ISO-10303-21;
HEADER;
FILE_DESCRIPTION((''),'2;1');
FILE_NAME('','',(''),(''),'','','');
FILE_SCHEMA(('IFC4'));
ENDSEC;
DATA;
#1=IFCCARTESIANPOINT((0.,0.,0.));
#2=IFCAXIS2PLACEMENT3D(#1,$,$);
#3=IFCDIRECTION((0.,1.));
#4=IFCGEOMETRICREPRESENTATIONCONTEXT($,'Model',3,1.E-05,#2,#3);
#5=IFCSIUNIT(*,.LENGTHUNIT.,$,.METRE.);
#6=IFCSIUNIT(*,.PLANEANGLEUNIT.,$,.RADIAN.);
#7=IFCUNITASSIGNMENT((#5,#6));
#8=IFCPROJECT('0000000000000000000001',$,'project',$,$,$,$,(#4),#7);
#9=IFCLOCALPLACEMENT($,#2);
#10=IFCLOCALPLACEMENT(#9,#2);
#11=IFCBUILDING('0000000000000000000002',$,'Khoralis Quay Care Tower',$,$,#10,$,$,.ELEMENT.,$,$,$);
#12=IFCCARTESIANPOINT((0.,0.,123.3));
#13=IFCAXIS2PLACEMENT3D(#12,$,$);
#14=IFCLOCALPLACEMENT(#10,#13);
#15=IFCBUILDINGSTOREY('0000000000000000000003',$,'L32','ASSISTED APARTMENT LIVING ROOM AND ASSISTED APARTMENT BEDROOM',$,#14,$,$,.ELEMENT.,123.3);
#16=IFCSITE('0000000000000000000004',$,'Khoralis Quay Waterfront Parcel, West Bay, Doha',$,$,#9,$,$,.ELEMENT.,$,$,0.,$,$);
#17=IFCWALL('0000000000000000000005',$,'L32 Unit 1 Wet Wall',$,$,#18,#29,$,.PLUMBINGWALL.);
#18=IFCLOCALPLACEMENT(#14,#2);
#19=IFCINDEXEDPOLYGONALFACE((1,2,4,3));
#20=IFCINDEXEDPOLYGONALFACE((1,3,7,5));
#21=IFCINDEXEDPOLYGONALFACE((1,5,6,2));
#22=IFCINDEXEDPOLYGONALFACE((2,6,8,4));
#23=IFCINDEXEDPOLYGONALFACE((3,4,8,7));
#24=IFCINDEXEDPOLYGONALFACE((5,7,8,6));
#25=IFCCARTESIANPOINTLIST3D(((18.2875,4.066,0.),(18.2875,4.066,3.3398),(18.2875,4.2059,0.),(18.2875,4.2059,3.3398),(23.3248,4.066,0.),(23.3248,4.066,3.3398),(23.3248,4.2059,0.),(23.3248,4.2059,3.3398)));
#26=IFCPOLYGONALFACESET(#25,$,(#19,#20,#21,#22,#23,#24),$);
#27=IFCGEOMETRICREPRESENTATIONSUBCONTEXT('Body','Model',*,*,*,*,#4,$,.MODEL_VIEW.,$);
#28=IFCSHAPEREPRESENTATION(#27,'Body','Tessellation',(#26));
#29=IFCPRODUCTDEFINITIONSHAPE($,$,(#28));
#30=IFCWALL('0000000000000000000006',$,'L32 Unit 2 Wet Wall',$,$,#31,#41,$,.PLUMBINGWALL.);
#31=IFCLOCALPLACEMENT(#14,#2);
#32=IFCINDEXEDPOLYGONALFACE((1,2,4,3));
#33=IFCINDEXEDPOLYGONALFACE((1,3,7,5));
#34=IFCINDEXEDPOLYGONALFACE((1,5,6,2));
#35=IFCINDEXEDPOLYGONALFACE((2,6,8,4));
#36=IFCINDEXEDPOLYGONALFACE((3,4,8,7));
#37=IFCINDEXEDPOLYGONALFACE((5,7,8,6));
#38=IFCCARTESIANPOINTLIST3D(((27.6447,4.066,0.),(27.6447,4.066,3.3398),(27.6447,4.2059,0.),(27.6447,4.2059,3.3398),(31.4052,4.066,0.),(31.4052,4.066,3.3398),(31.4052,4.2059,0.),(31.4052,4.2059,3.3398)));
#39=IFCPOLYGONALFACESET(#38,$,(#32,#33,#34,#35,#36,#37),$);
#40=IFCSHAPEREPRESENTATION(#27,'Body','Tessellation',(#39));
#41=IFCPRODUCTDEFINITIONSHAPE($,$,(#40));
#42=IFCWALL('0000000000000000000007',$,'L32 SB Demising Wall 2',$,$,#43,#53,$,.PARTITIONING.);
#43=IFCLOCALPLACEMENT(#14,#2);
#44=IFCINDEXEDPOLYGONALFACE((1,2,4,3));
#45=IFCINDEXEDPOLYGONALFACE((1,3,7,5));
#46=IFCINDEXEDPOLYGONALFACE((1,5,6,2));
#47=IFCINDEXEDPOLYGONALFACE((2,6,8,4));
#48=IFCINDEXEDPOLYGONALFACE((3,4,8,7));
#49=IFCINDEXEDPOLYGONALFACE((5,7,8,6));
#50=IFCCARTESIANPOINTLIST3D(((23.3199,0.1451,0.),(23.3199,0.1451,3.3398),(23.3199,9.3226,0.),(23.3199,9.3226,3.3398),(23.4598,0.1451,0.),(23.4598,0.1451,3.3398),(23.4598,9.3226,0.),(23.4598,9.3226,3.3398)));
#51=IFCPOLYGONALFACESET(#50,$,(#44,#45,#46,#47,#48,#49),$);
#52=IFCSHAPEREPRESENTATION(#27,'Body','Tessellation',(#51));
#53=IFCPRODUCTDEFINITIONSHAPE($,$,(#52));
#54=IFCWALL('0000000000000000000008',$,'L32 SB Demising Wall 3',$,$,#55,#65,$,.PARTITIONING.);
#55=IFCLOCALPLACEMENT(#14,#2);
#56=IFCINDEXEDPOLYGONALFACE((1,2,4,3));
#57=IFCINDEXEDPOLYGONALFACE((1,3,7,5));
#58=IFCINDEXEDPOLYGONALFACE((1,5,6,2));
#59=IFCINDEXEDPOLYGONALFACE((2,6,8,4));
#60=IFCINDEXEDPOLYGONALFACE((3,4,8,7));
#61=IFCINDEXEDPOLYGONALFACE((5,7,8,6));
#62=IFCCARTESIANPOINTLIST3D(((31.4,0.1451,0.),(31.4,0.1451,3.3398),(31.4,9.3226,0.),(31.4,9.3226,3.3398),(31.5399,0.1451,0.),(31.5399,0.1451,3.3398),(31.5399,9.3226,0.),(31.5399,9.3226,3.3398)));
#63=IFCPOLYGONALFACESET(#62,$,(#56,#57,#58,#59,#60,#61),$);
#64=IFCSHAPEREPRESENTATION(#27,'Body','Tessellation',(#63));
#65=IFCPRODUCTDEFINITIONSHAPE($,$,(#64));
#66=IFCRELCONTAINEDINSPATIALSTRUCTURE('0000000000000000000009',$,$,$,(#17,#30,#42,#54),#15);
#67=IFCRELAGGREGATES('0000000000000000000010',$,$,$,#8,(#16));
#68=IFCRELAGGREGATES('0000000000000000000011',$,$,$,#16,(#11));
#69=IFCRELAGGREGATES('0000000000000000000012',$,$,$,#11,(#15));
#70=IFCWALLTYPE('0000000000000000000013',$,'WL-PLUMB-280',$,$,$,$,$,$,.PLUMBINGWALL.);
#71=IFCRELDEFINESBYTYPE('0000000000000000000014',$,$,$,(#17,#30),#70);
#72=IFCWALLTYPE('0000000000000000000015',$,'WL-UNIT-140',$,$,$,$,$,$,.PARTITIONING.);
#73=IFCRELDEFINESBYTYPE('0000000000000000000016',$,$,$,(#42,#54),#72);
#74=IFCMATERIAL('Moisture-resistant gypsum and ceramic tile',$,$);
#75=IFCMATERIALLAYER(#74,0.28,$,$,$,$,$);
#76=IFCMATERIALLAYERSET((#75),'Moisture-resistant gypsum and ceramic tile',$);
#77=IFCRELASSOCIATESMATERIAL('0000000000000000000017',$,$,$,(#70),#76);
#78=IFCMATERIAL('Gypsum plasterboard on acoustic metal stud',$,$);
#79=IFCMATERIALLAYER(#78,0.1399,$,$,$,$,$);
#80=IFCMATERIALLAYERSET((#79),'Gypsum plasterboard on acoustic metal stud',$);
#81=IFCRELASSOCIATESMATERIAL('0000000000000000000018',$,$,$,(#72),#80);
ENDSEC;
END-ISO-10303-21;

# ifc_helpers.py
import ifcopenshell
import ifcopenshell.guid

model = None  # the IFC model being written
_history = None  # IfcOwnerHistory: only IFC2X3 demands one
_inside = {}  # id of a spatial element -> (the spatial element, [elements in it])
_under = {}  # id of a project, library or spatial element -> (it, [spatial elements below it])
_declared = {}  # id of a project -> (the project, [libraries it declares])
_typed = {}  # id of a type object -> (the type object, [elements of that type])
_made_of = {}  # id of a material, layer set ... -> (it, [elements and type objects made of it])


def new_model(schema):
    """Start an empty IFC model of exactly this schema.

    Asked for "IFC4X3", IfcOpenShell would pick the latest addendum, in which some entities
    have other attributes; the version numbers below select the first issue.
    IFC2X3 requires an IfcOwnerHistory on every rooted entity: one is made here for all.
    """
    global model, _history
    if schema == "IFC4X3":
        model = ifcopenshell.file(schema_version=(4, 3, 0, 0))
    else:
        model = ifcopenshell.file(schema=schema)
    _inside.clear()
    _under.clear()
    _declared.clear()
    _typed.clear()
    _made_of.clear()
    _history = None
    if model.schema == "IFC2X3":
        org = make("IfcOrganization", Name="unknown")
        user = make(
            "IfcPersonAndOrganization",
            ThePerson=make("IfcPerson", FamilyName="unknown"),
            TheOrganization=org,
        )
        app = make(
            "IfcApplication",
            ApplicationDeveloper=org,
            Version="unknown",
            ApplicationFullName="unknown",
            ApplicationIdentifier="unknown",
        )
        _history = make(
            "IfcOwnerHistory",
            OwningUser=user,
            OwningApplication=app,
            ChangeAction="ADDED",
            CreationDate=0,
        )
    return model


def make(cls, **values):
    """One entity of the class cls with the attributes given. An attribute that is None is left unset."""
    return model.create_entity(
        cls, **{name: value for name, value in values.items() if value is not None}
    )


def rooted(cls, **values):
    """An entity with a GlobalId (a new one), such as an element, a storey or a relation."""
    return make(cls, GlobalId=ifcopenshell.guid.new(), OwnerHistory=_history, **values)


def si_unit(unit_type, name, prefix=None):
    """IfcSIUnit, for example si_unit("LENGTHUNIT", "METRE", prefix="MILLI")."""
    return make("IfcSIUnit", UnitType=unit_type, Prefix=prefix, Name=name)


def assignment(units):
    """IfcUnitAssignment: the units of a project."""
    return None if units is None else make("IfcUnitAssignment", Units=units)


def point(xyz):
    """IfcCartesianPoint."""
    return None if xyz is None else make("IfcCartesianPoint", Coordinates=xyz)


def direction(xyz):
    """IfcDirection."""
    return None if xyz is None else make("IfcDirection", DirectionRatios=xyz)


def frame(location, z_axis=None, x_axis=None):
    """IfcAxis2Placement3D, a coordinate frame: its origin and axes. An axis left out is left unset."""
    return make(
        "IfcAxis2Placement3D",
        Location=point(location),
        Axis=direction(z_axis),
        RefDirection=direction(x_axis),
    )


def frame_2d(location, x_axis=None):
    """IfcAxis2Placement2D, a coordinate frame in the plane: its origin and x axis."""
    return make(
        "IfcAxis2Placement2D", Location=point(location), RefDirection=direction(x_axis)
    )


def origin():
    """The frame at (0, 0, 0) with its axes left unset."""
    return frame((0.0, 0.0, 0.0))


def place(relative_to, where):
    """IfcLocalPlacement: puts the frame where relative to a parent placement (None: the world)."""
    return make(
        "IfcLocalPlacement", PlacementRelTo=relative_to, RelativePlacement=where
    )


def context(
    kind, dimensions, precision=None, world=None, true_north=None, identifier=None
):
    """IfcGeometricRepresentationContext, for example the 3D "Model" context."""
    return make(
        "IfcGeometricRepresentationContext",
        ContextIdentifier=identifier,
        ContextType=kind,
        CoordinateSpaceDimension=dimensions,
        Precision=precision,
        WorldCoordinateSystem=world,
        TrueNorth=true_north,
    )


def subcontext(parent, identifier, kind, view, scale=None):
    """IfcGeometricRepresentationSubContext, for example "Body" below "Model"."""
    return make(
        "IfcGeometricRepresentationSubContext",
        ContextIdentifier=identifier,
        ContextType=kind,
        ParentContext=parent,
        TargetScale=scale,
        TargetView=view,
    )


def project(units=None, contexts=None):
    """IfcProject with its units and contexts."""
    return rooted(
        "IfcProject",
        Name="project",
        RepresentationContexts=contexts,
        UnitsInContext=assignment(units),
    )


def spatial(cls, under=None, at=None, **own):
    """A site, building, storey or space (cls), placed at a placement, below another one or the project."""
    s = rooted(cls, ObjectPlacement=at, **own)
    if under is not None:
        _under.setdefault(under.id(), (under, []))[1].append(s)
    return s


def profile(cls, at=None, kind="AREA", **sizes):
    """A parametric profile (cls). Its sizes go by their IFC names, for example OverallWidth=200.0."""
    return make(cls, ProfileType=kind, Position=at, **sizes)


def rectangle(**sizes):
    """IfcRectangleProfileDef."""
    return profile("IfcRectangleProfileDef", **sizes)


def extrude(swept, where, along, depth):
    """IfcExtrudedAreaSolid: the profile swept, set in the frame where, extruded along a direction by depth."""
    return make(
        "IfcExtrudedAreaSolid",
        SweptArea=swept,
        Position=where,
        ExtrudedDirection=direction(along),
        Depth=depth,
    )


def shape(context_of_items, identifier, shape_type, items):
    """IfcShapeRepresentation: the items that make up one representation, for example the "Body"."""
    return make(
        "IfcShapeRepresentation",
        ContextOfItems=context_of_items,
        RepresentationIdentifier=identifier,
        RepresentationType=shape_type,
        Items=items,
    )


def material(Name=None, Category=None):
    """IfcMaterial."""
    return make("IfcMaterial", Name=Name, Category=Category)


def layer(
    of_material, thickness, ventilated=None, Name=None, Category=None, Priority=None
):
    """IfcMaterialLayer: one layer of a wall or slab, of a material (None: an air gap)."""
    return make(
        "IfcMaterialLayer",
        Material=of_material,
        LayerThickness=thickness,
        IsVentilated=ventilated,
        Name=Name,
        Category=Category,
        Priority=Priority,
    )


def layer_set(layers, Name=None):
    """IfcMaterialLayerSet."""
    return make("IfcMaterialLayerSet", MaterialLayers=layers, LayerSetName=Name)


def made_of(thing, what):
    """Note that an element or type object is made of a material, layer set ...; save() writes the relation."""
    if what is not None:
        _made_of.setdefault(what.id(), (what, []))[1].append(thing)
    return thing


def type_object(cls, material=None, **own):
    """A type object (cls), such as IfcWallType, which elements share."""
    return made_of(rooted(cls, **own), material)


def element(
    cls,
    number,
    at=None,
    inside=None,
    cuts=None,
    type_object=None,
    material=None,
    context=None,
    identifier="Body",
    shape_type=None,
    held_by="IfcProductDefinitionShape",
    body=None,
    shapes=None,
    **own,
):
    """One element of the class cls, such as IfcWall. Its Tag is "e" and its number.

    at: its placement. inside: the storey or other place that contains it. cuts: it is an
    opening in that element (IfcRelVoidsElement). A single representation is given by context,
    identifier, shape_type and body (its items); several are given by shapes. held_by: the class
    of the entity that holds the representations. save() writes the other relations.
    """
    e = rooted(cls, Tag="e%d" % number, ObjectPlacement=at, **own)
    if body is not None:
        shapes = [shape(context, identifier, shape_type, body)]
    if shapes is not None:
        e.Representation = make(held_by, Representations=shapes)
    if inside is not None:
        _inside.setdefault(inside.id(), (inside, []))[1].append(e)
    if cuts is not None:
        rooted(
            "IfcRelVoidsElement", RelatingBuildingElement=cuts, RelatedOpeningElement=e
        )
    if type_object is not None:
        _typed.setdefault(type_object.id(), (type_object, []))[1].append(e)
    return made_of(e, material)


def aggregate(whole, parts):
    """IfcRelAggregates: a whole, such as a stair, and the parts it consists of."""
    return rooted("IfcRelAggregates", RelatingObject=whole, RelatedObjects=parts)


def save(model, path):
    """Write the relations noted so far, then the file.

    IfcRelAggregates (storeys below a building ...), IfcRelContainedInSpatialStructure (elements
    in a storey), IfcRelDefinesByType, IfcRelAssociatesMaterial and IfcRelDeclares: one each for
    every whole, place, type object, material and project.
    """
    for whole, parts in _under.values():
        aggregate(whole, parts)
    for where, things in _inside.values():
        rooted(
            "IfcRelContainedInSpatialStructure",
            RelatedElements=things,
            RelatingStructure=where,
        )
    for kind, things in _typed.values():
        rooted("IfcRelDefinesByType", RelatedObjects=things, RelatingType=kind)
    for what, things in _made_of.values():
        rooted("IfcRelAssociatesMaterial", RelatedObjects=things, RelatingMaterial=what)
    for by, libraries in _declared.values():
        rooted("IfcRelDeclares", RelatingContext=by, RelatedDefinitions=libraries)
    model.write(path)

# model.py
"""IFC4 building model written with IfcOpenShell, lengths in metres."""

from ifc_helpers import new_model, si_unit, direction, frame, frame_2d, origin, place, context, subcontext, project, spatial, rectangle, extrude, material, layer, layer_set, type_object, element, save


model = new_model("IFC4")

# Units and contexts
model_context = context("Model", 3, precision=1e-05, world=origin(), true_north=direction((0.0, 1.0)))
body_context = subcontext(model_context, "Body", "Model", "MODEL_VIEW")
ifc_project = project(units=[si_unit("LENGTHUNIT", "METRE"), si_unit("PLANEANGLEUNIT", "RADIAN")], contexts=[model_context])

# Site, building, storey
site_placement = place(None, origin())
site = spatial("IfcSite", under=ifc_project, at=site_placement, Name="Khoralis Quay Waterfront Parcel, West Bay, Doha", CompositionType="ELEMENT", RefElevation=0.0)
building_placement = place(site_placement, origin())
building = spatial("IfcBuilding", under=site, at=building_placement, Name="Khoralis Quay Care Tower", CompositionType="ELEMENT")
storey_placement = place(building_placement, frame((0.0, 0.0, 123.3)))
storey = spatial("IfcBuildingStorey", under=building, at=storey_placement, Name="L32", Description="ASSISTED APARTMENT LIVING ROOM AND ASSISTED APARTMENT BEDROOM", CompositionType="ELEMENT", Elevation=123.3)

# Shared definitions
ifc_material_1 = material(Name="Gypsum plasterboard on acoustic metal stud")

# Walls
ifc_material_2 = material(Name="Moisture-resistant gypsum and ceramic tile")
ifc_layer_1 = layer(ifc_material_2, 0.28)
ifc_layer_set_1 = layer_set([ifc_layer_1], Name="Moisture-resistant gypsum and ceramic tile")
wall_type_1 = type_object("IfcWallType", Name="WL-PLUMB-280", PredefinedType="PLUMBINGWALL", material=ifc_layer_set_1)
wall_1_placement = place(storey_placement, frame((18.2876, 4.136, 0.0), z_axis=(0.0, 0.0, 1.0), x_axis=(1.0, 0.0, 0.0)))
element("IfcWall", 1, at=wall_1_placement, inside=storey, type_object=wall_type_1, Name="L32 Unit 1 Wet Wall", PredefinedType="PLUMBINGWALL", context=body_context, shape_type="SweptSolid", body=[
    extrude(rectangle(XDim=5.0374, YDim=0.1399, at=frame_2d((2.5186, 0.0))), origin(), (0.0, 0.0, 1.0), 3.3398),
])
wall_2_placement = place(storey_placement, frame((27.6445, 4.136, 0.0), z_axis=(0.0, 0.0, 1.0), x_axis=(1.0, 0.0, 0.0)))
element("IfcWall", 2, at=wall_2_placement, inside=storey, type_object=wall_type_1, Name="L32 Unit 2 Wet Wall", PredefinedType="PLUMBINGWALL", context=body_context, shape_type="SweptSolid", body=[
    extrude(rectangle(XDim=3.7605, YDim=0.1399, at=frame_2d((1.8804, 0.0))), origin(), (0.0, 0.0, 1.0), 3.3398),
])
ifc_layer_2 = layer(ifc_material_1, 0.1399)
ifc_layer_set_2 = layer_set([ifc_layer_2], Name="Gypsum plasterboard on acoustic metal stud")
wall_type_2 = type_object("IfcWallType", Name="WL-UNIT-140", PredefinedType="PARTITIONING", material=ifc_layer_set_2)
for number, where, z_axis, x_axis, name in (
    (3, (23.3899, 0.145, 0.0), (0.0, 0.0, 1.0), (0.0, 1.0, 0.0), "L32 SB Demising Wall 2"),
    (4, (31.47, 0.145, 0.0), (0.0, 0.0, 1.0), (0.0, 1.0, 0.0), "L32 SB Demising Wall 3"),
):
    element("IfcWall", number, at=place(storey_placement, frame(where, z_axis=z_axis, x_axis=x_axis)), inside=storey, type_object=wall_type_2, Name=name, PredefinedType="PARTITIONING", context=body_context, shape_type="SweptSolid", body=[
        extrude(rectangle(XDim=9.1775, YDim=0.1399, at=frame_2d((4.5889, 0.0))), origin(), (0.0, 0.0, 1.0), 3.3398),
    ])

save(model, "model.ifc")
